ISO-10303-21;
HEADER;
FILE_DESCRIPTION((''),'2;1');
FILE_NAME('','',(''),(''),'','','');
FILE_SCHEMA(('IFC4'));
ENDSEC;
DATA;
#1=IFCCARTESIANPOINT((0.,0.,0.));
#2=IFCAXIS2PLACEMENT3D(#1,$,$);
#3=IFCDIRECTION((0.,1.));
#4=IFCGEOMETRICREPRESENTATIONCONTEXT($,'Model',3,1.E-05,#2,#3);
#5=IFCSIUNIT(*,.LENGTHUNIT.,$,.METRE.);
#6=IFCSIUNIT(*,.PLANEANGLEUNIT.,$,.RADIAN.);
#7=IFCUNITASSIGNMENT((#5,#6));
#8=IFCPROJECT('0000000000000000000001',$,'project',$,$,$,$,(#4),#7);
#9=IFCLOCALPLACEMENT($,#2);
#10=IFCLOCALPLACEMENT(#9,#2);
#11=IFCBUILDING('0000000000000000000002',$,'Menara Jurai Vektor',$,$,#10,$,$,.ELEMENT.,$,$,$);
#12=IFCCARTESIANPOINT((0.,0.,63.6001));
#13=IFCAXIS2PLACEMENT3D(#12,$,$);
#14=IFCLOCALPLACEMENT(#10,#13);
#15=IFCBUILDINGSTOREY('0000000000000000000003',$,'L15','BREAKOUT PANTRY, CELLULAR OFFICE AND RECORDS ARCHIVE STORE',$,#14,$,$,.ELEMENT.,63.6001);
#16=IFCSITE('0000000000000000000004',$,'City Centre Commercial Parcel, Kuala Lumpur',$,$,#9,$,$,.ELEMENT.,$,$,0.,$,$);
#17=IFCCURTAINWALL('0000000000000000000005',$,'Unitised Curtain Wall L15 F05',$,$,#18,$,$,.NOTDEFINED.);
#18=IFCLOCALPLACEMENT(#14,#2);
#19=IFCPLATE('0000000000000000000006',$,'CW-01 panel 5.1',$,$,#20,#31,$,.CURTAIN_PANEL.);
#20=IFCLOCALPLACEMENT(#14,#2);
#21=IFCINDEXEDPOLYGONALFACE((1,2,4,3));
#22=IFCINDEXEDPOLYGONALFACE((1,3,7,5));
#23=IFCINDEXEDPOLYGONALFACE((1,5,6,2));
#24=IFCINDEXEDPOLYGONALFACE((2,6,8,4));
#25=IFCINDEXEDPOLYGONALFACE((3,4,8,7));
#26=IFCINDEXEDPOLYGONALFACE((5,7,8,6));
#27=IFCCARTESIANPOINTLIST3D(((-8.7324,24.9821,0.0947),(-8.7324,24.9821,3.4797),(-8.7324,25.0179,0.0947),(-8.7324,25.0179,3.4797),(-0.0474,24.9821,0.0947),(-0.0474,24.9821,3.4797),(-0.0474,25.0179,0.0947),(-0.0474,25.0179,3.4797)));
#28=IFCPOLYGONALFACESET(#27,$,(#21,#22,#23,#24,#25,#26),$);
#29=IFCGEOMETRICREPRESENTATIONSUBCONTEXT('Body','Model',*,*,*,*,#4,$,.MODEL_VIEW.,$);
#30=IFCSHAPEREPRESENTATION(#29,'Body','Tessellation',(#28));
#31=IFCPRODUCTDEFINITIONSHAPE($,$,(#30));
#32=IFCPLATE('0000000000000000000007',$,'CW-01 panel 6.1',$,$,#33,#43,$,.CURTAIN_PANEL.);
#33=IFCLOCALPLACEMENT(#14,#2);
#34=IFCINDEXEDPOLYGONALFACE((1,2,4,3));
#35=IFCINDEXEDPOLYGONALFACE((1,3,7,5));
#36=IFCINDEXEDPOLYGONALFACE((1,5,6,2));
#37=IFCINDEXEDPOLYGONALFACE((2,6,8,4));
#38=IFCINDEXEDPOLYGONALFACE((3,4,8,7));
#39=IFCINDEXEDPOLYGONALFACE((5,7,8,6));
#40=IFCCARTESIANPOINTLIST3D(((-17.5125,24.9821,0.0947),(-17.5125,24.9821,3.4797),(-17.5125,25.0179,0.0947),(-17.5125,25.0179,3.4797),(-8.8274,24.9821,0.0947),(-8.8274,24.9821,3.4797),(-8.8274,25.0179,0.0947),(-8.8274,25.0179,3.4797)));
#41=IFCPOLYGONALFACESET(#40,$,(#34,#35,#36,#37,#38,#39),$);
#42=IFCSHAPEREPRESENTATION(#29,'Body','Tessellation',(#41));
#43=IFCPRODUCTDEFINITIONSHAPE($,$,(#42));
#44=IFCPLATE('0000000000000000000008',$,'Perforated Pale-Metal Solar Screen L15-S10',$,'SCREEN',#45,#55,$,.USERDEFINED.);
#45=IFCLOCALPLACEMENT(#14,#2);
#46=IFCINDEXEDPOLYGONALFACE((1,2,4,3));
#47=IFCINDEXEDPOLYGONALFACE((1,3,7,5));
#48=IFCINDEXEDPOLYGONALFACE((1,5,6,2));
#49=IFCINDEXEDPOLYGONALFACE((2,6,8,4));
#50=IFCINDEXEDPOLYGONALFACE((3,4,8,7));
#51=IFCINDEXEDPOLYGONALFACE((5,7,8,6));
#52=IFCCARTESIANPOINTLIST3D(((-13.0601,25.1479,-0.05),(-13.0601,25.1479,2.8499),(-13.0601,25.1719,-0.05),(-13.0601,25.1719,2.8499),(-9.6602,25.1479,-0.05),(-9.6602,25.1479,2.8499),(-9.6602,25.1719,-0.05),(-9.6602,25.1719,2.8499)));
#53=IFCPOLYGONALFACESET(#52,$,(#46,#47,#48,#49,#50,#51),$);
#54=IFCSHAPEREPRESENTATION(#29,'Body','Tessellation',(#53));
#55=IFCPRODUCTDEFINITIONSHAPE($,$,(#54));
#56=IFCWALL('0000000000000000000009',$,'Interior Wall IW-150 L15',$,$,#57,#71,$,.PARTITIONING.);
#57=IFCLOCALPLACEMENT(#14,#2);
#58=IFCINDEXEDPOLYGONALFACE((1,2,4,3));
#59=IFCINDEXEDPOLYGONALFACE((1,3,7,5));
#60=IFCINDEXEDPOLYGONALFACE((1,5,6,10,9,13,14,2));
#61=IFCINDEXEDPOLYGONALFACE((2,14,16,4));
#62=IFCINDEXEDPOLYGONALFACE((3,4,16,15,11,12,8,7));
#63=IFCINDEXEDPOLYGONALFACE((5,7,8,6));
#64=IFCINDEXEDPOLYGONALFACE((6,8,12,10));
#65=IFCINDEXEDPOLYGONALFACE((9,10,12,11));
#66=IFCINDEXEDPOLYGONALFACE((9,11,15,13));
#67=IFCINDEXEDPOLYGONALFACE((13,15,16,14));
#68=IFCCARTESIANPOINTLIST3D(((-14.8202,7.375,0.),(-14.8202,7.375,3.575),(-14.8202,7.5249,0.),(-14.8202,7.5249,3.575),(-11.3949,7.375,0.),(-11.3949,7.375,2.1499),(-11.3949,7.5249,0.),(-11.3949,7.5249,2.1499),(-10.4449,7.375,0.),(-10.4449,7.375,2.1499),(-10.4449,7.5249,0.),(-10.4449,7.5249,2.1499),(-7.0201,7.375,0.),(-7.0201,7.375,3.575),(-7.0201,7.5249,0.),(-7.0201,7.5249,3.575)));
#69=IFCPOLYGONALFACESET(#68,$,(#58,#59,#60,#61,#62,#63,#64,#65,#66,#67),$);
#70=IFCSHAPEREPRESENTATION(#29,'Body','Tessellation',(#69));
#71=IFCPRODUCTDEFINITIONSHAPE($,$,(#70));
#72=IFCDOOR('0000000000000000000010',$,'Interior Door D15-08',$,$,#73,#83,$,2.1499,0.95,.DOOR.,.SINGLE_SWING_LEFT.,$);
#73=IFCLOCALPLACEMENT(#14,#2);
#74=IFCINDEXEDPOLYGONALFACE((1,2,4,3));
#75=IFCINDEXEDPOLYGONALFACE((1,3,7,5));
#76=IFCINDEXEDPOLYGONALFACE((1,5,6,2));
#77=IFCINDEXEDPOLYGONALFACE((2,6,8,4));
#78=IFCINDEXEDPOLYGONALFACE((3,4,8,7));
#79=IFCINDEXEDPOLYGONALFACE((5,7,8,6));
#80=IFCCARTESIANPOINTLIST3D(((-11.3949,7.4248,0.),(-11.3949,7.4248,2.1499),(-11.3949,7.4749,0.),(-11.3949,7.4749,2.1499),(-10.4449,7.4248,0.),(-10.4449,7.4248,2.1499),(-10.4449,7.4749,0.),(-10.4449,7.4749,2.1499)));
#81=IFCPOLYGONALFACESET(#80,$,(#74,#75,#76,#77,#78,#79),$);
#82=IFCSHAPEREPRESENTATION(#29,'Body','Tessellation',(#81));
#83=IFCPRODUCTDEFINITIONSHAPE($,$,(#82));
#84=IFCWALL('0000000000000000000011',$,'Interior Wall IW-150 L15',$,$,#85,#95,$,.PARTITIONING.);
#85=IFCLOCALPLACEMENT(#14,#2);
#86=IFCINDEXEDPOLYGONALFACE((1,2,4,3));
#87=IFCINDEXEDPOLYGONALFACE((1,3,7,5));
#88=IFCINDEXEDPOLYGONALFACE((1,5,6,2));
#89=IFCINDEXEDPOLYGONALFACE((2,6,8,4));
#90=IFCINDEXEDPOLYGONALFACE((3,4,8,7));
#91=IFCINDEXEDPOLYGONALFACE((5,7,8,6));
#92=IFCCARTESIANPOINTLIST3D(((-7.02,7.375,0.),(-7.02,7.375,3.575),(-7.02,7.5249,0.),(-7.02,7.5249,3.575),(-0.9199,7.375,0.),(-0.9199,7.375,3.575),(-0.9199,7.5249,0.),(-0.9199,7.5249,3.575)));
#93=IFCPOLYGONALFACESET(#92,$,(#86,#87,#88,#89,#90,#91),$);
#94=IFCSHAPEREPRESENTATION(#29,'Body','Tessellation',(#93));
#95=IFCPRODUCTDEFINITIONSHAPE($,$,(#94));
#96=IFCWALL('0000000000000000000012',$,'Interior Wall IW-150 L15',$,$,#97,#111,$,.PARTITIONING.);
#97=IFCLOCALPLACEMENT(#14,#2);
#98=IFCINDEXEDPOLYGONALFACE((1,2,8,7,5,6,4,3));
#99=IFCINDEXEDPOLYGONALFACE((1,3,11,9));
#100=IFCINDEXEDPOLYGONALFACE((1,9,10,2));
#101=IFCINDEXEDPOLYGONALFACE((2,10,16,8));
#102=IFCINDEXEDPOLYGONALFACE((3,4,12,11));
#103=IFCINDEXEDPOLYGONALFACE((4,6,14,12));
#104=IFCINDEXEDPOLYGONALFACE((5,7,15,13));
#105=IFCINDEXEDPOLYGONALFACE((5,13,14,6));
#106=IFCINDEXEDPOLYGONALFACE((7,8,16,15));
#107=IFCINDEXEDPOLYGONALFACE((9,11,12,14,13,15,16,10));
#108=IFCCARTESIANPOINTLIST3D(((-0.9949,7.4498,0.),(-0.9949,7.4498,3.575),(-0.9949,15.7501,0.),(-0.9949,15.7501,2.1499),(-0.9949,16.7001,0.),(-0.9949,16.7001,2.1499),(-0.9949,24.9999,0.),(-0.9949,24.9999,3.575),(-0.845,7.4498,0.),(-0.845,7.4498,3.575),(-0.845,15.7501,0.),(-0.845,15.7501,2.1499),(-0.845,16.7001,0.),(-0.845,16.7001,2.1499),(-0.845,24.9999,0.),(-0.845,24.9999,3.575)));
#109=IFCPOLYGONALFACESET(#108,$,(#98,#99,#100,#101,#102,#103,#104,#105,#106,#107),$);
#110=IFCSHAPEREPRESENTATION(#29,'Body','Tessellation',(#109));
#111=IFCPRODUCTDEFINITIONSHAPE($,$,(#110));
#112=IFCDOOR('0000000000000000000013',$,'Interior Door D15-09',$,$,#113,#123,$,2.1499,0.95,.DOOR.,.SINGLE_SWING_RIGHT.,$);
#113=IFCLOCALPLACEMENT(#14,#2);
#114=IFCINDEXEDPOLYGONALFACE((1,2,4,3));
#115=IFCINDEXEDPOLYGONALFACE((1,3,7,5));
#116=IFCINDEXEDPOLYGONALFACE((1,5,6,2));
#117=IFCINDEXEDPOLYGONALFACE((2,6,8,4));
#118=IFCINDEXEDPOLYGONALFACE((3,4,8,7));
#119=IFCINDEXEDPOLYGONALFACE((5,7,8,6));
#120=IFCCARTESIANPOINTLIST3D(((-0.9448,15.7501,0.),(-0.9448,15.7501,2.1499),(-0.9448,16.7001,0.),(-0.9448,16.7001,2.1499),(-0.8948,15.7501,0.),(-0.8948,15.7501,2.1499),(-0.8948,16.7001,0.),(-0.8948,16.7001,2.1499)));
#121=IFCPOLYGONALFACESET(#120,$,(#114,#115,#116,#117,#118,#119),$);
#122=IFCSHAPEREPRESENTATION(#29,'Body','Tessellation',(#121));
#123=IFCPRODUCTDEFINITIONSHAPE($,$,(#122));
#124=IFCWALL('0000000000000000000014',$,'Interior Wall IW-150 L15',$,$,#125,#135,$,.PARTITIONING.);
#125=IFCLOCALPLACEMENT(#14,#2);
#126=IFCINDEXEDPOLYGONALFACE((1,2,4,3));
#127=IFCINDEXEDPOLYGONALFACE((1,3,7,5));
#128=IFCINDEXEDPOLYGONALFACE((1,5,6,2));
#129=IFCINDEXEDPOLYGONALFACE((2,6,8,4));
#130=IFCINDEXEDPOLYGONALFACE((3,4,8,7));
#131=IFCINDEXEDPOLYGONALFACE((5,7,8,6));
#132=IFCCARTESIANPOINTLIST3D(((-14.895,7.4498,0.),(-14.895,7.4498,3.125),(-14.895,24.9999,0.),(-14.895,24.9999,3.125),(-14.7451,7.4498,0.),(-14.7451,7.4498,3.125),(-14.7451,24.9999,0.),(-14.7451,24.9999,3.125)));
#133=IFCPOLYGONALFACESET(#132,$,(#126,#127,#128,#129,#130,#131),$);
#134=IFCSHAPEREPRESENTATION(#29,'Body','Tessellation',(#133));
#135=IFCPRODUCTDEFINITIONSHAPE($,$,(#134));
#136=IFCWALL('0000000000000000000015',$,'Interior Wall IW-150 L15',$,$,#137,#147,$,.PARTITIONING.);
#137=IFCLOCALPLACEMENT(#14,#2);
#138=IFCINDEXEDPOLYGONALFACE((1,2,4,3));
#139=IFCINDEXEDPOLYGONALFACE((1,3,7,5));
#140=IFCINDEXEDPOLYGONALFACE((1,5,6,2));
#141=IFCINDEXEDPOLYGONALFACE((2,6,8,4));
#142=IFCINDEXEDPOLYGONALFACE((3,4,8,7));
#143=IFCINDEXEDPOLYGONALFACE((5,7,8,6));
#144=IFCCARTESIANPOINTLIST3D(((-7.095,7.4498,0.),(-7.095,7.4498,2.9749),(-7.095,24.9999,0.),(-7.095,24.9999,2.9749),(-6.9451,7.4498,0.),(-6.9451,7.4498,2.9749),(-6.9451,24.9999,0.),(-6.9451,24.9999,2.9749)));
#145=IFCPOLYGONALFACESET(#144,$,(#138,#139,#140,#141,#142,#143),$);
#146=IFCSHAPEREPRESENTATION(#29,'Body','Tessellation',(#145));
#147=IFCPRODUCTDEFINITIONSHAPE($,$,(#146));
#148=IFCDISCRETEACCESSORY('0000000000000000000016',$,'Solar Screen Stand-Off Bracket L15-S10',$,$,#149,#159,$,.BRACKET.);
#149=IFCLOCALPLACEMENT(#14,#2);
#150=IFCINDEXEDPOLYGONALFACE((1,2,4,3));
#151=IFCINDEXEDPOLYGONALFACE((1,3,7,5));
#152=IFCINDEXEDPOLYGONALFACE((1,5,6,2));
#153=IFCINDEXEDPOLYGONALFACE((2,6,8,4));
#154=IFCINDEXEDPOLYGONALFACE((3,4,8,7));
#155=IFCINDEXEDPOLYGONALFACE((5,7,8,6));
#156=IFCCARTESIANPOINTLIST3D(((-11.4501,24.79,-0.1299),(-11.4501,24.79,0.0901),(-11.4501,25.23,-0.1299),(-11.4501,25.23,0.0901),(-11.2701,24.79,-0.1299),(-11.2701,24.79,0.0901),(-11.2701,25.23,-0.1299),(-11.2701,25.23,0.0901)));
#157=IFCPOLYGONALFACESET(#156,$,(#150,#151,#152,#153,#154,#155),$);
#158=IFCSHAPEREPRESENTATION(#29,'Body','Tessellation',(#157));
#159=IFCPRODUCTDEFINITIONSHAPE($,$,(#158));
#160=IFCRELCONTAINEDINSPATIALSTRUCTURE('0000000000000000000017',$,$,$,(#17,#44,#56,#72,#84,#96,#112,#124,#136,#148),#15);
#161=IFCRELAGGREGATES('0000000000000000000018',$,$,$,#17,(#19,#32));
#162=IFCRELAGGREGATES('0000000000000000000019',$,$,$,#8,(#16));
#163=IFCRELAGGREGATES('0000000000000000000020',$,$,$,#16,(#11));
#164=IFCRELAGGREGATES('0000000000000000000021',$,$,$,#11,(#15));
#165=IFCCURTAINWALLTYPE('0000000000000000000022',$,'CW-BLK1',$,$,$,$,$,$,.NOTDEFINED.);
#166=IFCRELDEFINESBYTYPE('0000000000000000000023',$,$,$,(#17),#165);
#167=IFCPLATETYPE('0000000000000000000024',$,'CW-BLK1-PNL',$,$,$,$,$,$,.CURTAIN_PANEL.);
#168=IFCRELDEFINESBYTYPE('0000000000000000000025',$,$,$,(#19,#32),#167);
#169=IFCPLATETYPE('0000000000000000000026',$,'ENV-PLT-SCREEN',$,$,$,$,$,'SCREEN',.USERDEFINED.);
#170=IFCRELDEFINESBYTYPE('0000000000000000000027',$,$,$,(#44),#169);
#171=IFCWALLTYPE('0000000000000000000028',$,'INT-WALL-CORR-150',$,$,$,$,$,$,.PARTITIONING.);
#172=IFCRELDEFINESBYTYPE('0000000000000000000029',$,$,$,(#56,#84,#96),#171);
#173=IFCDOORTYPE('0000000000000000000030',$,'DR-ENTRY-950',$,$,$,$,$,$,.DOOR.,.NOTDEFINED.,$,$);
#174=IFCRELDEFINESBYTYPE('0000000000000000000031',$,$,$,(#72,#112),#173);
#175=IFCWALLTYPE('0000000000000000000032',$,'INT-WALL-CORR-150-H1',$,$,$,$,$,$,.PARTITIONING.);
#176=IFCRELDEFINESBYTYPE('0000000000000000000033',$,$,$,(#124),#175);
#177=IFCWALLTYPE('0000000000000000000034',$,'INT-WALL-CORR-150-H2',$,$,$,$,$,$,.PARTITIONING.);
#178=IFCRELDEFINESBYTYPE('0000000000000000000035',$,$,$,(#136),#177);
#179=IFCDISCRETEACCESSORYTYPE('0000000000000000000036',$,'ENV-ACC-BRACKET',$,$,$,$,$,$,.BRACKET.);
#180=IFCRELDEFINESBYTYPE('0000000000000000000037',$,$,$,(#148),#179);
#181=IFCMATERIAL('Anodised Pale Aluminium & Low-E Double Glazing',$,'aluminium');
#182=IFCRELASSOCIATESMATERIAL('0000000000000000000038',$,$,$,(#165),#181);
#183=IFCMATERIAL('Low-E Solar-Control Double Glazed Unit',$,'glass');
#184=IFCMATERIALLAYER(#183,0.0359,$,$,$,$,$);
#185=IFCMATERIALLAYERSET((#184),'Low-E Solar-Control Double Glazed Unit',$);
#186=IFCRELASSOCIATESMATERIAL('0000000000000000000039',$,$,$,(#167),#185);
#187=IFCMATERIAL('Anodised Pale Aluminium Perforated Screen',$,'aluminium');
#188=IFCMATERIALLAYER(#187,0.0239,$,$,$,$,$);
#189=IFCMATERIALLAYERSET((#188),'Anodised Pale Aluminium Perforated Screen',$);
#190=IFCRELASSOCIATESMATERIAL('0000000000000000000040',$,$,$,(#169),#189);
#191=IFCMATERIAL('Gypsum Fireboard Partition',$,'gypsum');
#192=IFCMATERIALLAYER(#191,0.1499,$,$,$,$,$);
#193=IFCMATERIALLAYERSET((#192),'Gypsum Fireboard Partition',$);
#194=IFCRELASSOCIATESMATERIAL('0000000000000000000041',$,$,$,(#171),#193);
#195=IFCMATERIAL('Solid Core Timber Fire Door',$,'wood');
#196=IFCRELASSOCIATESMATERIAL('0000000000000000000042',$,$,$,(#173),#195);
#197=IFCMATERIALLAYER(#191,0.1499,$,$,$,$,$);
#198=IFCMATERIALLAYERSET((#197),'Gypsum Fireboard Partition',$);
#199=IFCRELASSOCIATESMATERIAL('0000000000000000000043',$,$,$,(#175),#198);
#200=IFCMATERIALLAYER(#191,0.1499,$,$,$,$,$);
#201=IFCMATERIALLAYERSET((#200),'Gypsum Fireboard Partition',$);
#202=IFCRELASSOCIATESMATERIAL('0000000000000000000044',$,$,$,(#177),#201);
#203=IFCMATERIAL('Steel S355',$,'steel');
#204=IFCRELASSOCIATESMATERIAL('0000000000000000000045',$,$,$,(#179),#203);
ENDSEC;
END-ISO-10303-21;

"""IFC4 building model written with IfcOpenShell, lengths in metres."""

from ifc_helpers import new_model, si_unit, direction, frame, frame_2d, origin, origin_2d, place, context, subcontext, project, spatial, rectangle, extrude, material, layer, layer_set, type_object, element, fill, aggregate, save


model = new_model("IFC4")

# Units and contexts
model_context = context("Model", 3, precision=1e-05, world=origin(), true_north=direction((0.0, 1.0)))
body_context = subcontext(model_context, "Body", "Model", "MODEL_VIEW")
ifc_project = project(units=[si_unit("LENGTHUNIT", "METRE"), si_unit("PLANEANGLEUNIT", "RADIAN")], contexts=[model_context])

# Site, building, storey
site_placement = place(None, origin())
site = spatial("IfcSite", under=ifc_project, at=site_placement, Name="City Centre Commercial Parcel, Kuala Lumpur", CompositionType="ELEMENT", RefElevation=0.0)
building_placement = place(site_placement, origin())
building = spatial("IfcBuilding", under=site, at=building_placement, Name="Menara Jurai Vektor", CompositionType="ELEMENT")
storey_placement = place(building_placement, frame((0.0, 0.0, 63.6001)))
storey = spatial("IfcBuildingStorey", under=building, at=storey_placement, Name="L15", Description="BREAKOUT PANTRY, CELLULAR OFFICE AND RECORDS ARCHIVE STORE", CompositionType="ELEMENT", Elevation=63.6001)

# Curtain wall
ifc_material_1 = material(Name="Anodised Pale Aluminium & Low-E Double Glazing", Category="aluminium")
curtain_wall_type = type_object("IfcCurtainWallType", Name="CW-BLK1", PredefinedType="NOTDEFINED", material=ifc_material_1)
curtain_wall_placement = place(storey_placement, origin())
curtain_wall = element("IfcCurtainWall", 1, at=curtain_wall_placement, inside=storey, type_object=curtain_wall_type, Name="Unitised Curtain Wall L15 F05", PredefinedType="NOTDEFINED")

# Shared definitions
ifc_material_2 = material(Name="Steel S355", Category="steel")

# Plates
ifc_material_3 = material(Name="Low-E Solar-Control Double Glazed Unit", Category="glass")
ifc_layer_1 = layer(ifc_material_3, 0.0359)
ifc_layer_set_1 = layer_set([ifc_layer_1], Name="Low-E Solar-Control Double Glazed Unit")
plate_type_1 = type_object("IfcPlateType", Name="CW-BLK1-PNL", PredefinedType="CURTAIN_PANEL", material=ifc_layer_set_1)
plate_1_placement = place(storey_placement, frame((-4.3899, 25.0, 0.0947), z_axis=(0.0, 0.0, 1.0), x_axis=(-1.0, 0.0, 0.0)))
plate_1 = element("IfcPlate", 2, at=plate_1_placement, type_object=plate_type_1, Name="CW-01 panel 5.1", PredefinedType="CURTAIN_PANEL", context=body_context, shape_type="SweptSolid", body=[
    extrude(rectangle(XDim=8.6851, YDim=0.0359, at=origin_2d()), origin(), (0.0, 0.0, 1.0), 3.385),
])
plate_2_placement = place(storey_placement, frame((-13.1699, 25.0, 0.0947), z_axis=(0.0, 0.0, 1.0), x_axis=(-1.0, 0.0, 0.0)))
plate_2 = element("IfcPlate", 3, at=plate_2_placement, type_object=plate_type_1, Name="CW-01 panel 6.1", PredefinedType="CURTAIN_PANEL", context=body_context, shape_type="SweptSolid", body=[
    extrude(rectangle(XDim=8.6851, YDim=0.0359, at=origin_2d()), origin(), (0.0, 0.0, 1.0), 3.385),
])
aggregate(curtain_wall, [plate_1, plate_2])
ifc_material_4 = material(Name="Anodised Pale Aluminium Perforated Screen", Category="aluminium")
ifc_layer_2 = layer(ifc_material_4, 0.0239)
ifc_layer_set_2 = layer_set([ifc_layer_2], Name="Anodised Pale Aluminium Perforated Screen")
plate_type_2 = type_object("IfcPlateType", Name="ENV-PLT-SCREEN", ElementType="SCREEN", PredefinedType="USERDEFINED", material=ifc_layer_set_2)
plate_3_placement = place(storey_placement, frame((-11.3601, 25.1599, -0.05), z_axis=(0.0, 0.0, 1.0), x_axis=(-1.0, 0.0, 0.0)))
element("IfcPlate", 4, at=plate_3_placement, inside=storey, type_object=plate_type_2, Name="Perforated Pale-Metal Solar Screen L15-S10", ObjectType="SCREEN", PredefinedType="USERDEFINED", context=body_context, shape_type="SweptSolid", body=[
    extrude(rectangle(XDim=3.3999, YDim=0.0239, at=origin_2d()), origin(), (0.0, 0.0, 1.0), 2.8999),
])

# Wall, opening, door
ifc_material_5 = material(Name="Gypsum Fireboard Partition", Category="gypsum")
ifc_layer_3 = layer(ifc_material_5, 0.1499)
ifc_layer_set_3 = layer_set([ifc_layer_3], Name="Gypsum Fireboard Partition")
wall_type_1 = type_object("IfcWallType", Name="INT-WALL-CORR-150", PredefinedType="PARTITIONING", material=ifc_layer_set_3)
wall_1_placement = place(storey_placement, frame((-14.8201, 7.45, 0.0), z_axis=(0.0, 0.0, 1.0), x_axis=(1.0, 0.0, 0.0)))
wall_1 = element("IfcWall", 5, at=wall_1_placement, inside=storey, type_object=wall_type_1, Name="Interior Wall IW-150 L15", PredefinedType="PARTITIONING", context=body_context, shape_type="SweptSolid", body=[
    extrude(rectangle(XDim=7.8, YDim=0.1499, at=frame_2d((3.8999, 0.0))), origin(), (0.0, 0.0, 1.0), 3.575),
])
opening_1_placement = place(wall_1_placement, frame((3.425, 0.0, 0.0)))
opening_1 = element("IfcOpeningElement", 6, at=opening_1_placement, cuts=wall_1, PredefinedType="OPENING", context=body_context, shape_type="SweptSolid", body=[
    extrude(rectangle(XDim=0.95, YDim=2.1499, at=frame_2d((0.4751, 1.075))), frame((0.0, 0.085, 0.0), z_axis=(0.0, -1.0, 0.0), x_axis=(1.0, 0.0, 0.0)), (0.0, 0.0, 1.0), 0.1699),
])
ifc_material_6 = material(Name="Solid Core Timber Fire Door", Category="wood")
door_type = type_object("IfcDoorType", Name="DR-ENTRY-950", OperationType="NOTDEFINED", PredefinedType="DOOR", material=ifc_material_6)
door_1_placement = place(opening_1_placement, origin())
door_1 = element("IfcDoor", 7, at=door_1_placement, inside=storey, type_object=door_type, Name="Interior Door D15-08", OperationType="SINGLE_SWING_LEFT", OverallHeight=2.1499, OverallWidth=0.95, PredefinedType="DOOR", context=body_context, shape_type="SweptSolid", body=[
    extrude(rectangle(XDim=0.95, YDim=2.1499, at=frame_2d((0.4751, 1.075))), frame((0.0, 0.0249, 0.0), z_axis=(0.0, -1.0, 0.0), x_axis=(1.0, 0.0, 0.0)), (0.0, 0.0, 1.0), 0.05),
])
fill(opening_1, door_1)

# Wall
wall_2_placement = place(storey_placement, frame((-7.02, 7.45, 0.0), z_axis=(0.0, 0.0, 1.0), x_axis=(1.0, 0.0, 0.0)))
element("IfcWall", 8, at=wall_2_placement, inside=storey, type_object=wall_type_1, Name="Interior Wall IW-150 L15", PredefinedType="PARTITIONING", context=body_context, shape_type="SweptSolid", body=[
    extrude(rectangle(XDim=6.1001, YDim=0.1499, at=frame_2d((3.05, 0.0))), origin(), (0.0, 0.0, 1.0), 3.575),
])

# Wall, opening, door
wall_3_placement = place(storey_placement, frame((-0.9199, 7.45, 0.0), z_axis=(0.0, 0.0, 1.0), x_axis=(0.0, 1.0, 0.0)))
wall_3 = element("IfcWall", 9, at=wall_3_placement, inside=storey, type_object=wall_type_1, Name="Interior Wall IW-150 L15", PredefinedType="PARTITIONING", context=body_context, shape_type="SweptSolid", body=[
    extrude(rectangle(XDim=17.55, YDim=0.1499, at=frame_2d((8.7749, 0.0))), origin(), (0.0, 0.0, 1.0), 3.575),
])
opening_2_placement = place(wall_3_placement, frame((8.3, 0.0, 0.0)))
opening_2 = element("IfcOpeningElement", 10, at=opening_2_placement, cuts=wall_3, PredefinedType="OPENING", context=body_context, shape_type="SweptSolid", body=[
    extrude(rectangle(XDim=0.95, YDim=2.1499, at=frame_2d((0.4751, 1.075))), frame((0.0, 0.085, 0.0), z_axis=(0.0, -1.0, 0.0), x_axis=(1.0, 0.0, 0.0)), (0.0, 0.0, 1.0), 0.1699),
])
door_2_placement = place(opening_2_placement, origin())
door_2 = element("IfcDoor", 11, at=door_2_placement, inside=storey, type_object=door_type, Name="Interior Door D15-09", OperationType="SINGLE_SWING_RIGHT", OverallHeight=2.1499, OverallWidth=0.95, PredefinedType="DOOR", context=body_context, shape_type="SweptSolid", body=[
    extrude(rectangle(XDim=0.95, YDim=2.1499, at=frame_2d((0.4751, 1.075))), frame((0.0, 0.0249, 0.0), z_axis=(0.0, -1.0, 0.0), x_axis=(1.0, 0.0, 0.0)), (0.0, 0.0, 1.0), 0.05),
])
fill(opening_2, door_2)

# Walls
ifc_layer_4 = layer(ifc_material_5, 0.1499)
ifc_layer_set_4 = layer_set([ifc_layer_4], Name="Gypsum Fireboard Partition")
wall_type_2 = type_object("IfcWallType", Name="INT-WALL-CORR-150-H1", PredefinedType="PARTITIONING", material=ifc_layer_set_4)
wall_4_placement = place(storey_placement, frame((-14.8201, 7.45, 0.0), z_axis=(0.0, 0.0, 1.0), x_axis=(0.0, 1.0, 0.0)))
element("IfcWall", 12, at=wall_4_placement, inside=storey, type_object=wall_type_2, Name="Interior Wall IW-150 L15", PredefinedType="PARTITIONING", context=body_context, shape_type="SweptSolid", body=[
    extrude(rectangle(XDim=17.55, YDim=0.1499, at=frame_2d((8.7749, 0.0))), origin(), (0.0, 0.0, 1.0), 3.125),
])
ifc_layer_5 = layer(ifc_material_5, 0.1499)
ifc_layer_set_5 = layer_set([ifc_layer_5], Name="Gypsum Fireboard Partition")
wall_type_3 = type_object("IfcWallType", Name="INT-WALL-CORR-150-H2", PredefinedType="PARTITIONING", material=ifc_layer_set_5)
wall_5_placement = place(storey_placement, frame((-7.02, 7.45, 0.0), z_axis=(0.0, 0.0, 1.0), x_axis=(0.0, 1.0, 0.0)))
element("IfcWall", 13, at=wall_5_placement, inside=storey, type_object=wall_type_3, Name="Interior Wall IW-150 L15", PredefinedType="PARTITIONING", context=body_context, shape_type="SweptSolid", body=[
    extrude(rectangle(XDim=17.55, YDim=0.1499, at=frame_2d((8.7749, 0.0))), origin(), (0.0, 0.0, 1.0), 2.9749),
])

# Discrete accessory
discrete_accessory_type = type_object("IfcDiscreteAccessoryType", Name="ENV-ACC-BRACKET", PredefinedType="BRACKET", material=ifc_material_2)
discrete_accessory_placement = place(storey_placement, frame((-11.3601, 25.01, -0.1299), z_axis=(0.0, 0.0, 1.0), x_axis=(-1.0, 0.0, 0.0)))
element("IfcDiscreteAccessory", 14, at=discrete_accessory_placement, inside=storey, type_object=discrete_accessory_type, Name="Solar Screen Stand-Off Bracket L15-S10", PredefinedType="BRACKET", context=body_context, shape_type="SweptSolid", body=[
    extrude(rectangle(XDim=0.1799, YDim=0.4399, at=origin_2d()), origin(), (0.0, 0.0, 1.0), 0.22),
])

save(model, "model.ifc")
